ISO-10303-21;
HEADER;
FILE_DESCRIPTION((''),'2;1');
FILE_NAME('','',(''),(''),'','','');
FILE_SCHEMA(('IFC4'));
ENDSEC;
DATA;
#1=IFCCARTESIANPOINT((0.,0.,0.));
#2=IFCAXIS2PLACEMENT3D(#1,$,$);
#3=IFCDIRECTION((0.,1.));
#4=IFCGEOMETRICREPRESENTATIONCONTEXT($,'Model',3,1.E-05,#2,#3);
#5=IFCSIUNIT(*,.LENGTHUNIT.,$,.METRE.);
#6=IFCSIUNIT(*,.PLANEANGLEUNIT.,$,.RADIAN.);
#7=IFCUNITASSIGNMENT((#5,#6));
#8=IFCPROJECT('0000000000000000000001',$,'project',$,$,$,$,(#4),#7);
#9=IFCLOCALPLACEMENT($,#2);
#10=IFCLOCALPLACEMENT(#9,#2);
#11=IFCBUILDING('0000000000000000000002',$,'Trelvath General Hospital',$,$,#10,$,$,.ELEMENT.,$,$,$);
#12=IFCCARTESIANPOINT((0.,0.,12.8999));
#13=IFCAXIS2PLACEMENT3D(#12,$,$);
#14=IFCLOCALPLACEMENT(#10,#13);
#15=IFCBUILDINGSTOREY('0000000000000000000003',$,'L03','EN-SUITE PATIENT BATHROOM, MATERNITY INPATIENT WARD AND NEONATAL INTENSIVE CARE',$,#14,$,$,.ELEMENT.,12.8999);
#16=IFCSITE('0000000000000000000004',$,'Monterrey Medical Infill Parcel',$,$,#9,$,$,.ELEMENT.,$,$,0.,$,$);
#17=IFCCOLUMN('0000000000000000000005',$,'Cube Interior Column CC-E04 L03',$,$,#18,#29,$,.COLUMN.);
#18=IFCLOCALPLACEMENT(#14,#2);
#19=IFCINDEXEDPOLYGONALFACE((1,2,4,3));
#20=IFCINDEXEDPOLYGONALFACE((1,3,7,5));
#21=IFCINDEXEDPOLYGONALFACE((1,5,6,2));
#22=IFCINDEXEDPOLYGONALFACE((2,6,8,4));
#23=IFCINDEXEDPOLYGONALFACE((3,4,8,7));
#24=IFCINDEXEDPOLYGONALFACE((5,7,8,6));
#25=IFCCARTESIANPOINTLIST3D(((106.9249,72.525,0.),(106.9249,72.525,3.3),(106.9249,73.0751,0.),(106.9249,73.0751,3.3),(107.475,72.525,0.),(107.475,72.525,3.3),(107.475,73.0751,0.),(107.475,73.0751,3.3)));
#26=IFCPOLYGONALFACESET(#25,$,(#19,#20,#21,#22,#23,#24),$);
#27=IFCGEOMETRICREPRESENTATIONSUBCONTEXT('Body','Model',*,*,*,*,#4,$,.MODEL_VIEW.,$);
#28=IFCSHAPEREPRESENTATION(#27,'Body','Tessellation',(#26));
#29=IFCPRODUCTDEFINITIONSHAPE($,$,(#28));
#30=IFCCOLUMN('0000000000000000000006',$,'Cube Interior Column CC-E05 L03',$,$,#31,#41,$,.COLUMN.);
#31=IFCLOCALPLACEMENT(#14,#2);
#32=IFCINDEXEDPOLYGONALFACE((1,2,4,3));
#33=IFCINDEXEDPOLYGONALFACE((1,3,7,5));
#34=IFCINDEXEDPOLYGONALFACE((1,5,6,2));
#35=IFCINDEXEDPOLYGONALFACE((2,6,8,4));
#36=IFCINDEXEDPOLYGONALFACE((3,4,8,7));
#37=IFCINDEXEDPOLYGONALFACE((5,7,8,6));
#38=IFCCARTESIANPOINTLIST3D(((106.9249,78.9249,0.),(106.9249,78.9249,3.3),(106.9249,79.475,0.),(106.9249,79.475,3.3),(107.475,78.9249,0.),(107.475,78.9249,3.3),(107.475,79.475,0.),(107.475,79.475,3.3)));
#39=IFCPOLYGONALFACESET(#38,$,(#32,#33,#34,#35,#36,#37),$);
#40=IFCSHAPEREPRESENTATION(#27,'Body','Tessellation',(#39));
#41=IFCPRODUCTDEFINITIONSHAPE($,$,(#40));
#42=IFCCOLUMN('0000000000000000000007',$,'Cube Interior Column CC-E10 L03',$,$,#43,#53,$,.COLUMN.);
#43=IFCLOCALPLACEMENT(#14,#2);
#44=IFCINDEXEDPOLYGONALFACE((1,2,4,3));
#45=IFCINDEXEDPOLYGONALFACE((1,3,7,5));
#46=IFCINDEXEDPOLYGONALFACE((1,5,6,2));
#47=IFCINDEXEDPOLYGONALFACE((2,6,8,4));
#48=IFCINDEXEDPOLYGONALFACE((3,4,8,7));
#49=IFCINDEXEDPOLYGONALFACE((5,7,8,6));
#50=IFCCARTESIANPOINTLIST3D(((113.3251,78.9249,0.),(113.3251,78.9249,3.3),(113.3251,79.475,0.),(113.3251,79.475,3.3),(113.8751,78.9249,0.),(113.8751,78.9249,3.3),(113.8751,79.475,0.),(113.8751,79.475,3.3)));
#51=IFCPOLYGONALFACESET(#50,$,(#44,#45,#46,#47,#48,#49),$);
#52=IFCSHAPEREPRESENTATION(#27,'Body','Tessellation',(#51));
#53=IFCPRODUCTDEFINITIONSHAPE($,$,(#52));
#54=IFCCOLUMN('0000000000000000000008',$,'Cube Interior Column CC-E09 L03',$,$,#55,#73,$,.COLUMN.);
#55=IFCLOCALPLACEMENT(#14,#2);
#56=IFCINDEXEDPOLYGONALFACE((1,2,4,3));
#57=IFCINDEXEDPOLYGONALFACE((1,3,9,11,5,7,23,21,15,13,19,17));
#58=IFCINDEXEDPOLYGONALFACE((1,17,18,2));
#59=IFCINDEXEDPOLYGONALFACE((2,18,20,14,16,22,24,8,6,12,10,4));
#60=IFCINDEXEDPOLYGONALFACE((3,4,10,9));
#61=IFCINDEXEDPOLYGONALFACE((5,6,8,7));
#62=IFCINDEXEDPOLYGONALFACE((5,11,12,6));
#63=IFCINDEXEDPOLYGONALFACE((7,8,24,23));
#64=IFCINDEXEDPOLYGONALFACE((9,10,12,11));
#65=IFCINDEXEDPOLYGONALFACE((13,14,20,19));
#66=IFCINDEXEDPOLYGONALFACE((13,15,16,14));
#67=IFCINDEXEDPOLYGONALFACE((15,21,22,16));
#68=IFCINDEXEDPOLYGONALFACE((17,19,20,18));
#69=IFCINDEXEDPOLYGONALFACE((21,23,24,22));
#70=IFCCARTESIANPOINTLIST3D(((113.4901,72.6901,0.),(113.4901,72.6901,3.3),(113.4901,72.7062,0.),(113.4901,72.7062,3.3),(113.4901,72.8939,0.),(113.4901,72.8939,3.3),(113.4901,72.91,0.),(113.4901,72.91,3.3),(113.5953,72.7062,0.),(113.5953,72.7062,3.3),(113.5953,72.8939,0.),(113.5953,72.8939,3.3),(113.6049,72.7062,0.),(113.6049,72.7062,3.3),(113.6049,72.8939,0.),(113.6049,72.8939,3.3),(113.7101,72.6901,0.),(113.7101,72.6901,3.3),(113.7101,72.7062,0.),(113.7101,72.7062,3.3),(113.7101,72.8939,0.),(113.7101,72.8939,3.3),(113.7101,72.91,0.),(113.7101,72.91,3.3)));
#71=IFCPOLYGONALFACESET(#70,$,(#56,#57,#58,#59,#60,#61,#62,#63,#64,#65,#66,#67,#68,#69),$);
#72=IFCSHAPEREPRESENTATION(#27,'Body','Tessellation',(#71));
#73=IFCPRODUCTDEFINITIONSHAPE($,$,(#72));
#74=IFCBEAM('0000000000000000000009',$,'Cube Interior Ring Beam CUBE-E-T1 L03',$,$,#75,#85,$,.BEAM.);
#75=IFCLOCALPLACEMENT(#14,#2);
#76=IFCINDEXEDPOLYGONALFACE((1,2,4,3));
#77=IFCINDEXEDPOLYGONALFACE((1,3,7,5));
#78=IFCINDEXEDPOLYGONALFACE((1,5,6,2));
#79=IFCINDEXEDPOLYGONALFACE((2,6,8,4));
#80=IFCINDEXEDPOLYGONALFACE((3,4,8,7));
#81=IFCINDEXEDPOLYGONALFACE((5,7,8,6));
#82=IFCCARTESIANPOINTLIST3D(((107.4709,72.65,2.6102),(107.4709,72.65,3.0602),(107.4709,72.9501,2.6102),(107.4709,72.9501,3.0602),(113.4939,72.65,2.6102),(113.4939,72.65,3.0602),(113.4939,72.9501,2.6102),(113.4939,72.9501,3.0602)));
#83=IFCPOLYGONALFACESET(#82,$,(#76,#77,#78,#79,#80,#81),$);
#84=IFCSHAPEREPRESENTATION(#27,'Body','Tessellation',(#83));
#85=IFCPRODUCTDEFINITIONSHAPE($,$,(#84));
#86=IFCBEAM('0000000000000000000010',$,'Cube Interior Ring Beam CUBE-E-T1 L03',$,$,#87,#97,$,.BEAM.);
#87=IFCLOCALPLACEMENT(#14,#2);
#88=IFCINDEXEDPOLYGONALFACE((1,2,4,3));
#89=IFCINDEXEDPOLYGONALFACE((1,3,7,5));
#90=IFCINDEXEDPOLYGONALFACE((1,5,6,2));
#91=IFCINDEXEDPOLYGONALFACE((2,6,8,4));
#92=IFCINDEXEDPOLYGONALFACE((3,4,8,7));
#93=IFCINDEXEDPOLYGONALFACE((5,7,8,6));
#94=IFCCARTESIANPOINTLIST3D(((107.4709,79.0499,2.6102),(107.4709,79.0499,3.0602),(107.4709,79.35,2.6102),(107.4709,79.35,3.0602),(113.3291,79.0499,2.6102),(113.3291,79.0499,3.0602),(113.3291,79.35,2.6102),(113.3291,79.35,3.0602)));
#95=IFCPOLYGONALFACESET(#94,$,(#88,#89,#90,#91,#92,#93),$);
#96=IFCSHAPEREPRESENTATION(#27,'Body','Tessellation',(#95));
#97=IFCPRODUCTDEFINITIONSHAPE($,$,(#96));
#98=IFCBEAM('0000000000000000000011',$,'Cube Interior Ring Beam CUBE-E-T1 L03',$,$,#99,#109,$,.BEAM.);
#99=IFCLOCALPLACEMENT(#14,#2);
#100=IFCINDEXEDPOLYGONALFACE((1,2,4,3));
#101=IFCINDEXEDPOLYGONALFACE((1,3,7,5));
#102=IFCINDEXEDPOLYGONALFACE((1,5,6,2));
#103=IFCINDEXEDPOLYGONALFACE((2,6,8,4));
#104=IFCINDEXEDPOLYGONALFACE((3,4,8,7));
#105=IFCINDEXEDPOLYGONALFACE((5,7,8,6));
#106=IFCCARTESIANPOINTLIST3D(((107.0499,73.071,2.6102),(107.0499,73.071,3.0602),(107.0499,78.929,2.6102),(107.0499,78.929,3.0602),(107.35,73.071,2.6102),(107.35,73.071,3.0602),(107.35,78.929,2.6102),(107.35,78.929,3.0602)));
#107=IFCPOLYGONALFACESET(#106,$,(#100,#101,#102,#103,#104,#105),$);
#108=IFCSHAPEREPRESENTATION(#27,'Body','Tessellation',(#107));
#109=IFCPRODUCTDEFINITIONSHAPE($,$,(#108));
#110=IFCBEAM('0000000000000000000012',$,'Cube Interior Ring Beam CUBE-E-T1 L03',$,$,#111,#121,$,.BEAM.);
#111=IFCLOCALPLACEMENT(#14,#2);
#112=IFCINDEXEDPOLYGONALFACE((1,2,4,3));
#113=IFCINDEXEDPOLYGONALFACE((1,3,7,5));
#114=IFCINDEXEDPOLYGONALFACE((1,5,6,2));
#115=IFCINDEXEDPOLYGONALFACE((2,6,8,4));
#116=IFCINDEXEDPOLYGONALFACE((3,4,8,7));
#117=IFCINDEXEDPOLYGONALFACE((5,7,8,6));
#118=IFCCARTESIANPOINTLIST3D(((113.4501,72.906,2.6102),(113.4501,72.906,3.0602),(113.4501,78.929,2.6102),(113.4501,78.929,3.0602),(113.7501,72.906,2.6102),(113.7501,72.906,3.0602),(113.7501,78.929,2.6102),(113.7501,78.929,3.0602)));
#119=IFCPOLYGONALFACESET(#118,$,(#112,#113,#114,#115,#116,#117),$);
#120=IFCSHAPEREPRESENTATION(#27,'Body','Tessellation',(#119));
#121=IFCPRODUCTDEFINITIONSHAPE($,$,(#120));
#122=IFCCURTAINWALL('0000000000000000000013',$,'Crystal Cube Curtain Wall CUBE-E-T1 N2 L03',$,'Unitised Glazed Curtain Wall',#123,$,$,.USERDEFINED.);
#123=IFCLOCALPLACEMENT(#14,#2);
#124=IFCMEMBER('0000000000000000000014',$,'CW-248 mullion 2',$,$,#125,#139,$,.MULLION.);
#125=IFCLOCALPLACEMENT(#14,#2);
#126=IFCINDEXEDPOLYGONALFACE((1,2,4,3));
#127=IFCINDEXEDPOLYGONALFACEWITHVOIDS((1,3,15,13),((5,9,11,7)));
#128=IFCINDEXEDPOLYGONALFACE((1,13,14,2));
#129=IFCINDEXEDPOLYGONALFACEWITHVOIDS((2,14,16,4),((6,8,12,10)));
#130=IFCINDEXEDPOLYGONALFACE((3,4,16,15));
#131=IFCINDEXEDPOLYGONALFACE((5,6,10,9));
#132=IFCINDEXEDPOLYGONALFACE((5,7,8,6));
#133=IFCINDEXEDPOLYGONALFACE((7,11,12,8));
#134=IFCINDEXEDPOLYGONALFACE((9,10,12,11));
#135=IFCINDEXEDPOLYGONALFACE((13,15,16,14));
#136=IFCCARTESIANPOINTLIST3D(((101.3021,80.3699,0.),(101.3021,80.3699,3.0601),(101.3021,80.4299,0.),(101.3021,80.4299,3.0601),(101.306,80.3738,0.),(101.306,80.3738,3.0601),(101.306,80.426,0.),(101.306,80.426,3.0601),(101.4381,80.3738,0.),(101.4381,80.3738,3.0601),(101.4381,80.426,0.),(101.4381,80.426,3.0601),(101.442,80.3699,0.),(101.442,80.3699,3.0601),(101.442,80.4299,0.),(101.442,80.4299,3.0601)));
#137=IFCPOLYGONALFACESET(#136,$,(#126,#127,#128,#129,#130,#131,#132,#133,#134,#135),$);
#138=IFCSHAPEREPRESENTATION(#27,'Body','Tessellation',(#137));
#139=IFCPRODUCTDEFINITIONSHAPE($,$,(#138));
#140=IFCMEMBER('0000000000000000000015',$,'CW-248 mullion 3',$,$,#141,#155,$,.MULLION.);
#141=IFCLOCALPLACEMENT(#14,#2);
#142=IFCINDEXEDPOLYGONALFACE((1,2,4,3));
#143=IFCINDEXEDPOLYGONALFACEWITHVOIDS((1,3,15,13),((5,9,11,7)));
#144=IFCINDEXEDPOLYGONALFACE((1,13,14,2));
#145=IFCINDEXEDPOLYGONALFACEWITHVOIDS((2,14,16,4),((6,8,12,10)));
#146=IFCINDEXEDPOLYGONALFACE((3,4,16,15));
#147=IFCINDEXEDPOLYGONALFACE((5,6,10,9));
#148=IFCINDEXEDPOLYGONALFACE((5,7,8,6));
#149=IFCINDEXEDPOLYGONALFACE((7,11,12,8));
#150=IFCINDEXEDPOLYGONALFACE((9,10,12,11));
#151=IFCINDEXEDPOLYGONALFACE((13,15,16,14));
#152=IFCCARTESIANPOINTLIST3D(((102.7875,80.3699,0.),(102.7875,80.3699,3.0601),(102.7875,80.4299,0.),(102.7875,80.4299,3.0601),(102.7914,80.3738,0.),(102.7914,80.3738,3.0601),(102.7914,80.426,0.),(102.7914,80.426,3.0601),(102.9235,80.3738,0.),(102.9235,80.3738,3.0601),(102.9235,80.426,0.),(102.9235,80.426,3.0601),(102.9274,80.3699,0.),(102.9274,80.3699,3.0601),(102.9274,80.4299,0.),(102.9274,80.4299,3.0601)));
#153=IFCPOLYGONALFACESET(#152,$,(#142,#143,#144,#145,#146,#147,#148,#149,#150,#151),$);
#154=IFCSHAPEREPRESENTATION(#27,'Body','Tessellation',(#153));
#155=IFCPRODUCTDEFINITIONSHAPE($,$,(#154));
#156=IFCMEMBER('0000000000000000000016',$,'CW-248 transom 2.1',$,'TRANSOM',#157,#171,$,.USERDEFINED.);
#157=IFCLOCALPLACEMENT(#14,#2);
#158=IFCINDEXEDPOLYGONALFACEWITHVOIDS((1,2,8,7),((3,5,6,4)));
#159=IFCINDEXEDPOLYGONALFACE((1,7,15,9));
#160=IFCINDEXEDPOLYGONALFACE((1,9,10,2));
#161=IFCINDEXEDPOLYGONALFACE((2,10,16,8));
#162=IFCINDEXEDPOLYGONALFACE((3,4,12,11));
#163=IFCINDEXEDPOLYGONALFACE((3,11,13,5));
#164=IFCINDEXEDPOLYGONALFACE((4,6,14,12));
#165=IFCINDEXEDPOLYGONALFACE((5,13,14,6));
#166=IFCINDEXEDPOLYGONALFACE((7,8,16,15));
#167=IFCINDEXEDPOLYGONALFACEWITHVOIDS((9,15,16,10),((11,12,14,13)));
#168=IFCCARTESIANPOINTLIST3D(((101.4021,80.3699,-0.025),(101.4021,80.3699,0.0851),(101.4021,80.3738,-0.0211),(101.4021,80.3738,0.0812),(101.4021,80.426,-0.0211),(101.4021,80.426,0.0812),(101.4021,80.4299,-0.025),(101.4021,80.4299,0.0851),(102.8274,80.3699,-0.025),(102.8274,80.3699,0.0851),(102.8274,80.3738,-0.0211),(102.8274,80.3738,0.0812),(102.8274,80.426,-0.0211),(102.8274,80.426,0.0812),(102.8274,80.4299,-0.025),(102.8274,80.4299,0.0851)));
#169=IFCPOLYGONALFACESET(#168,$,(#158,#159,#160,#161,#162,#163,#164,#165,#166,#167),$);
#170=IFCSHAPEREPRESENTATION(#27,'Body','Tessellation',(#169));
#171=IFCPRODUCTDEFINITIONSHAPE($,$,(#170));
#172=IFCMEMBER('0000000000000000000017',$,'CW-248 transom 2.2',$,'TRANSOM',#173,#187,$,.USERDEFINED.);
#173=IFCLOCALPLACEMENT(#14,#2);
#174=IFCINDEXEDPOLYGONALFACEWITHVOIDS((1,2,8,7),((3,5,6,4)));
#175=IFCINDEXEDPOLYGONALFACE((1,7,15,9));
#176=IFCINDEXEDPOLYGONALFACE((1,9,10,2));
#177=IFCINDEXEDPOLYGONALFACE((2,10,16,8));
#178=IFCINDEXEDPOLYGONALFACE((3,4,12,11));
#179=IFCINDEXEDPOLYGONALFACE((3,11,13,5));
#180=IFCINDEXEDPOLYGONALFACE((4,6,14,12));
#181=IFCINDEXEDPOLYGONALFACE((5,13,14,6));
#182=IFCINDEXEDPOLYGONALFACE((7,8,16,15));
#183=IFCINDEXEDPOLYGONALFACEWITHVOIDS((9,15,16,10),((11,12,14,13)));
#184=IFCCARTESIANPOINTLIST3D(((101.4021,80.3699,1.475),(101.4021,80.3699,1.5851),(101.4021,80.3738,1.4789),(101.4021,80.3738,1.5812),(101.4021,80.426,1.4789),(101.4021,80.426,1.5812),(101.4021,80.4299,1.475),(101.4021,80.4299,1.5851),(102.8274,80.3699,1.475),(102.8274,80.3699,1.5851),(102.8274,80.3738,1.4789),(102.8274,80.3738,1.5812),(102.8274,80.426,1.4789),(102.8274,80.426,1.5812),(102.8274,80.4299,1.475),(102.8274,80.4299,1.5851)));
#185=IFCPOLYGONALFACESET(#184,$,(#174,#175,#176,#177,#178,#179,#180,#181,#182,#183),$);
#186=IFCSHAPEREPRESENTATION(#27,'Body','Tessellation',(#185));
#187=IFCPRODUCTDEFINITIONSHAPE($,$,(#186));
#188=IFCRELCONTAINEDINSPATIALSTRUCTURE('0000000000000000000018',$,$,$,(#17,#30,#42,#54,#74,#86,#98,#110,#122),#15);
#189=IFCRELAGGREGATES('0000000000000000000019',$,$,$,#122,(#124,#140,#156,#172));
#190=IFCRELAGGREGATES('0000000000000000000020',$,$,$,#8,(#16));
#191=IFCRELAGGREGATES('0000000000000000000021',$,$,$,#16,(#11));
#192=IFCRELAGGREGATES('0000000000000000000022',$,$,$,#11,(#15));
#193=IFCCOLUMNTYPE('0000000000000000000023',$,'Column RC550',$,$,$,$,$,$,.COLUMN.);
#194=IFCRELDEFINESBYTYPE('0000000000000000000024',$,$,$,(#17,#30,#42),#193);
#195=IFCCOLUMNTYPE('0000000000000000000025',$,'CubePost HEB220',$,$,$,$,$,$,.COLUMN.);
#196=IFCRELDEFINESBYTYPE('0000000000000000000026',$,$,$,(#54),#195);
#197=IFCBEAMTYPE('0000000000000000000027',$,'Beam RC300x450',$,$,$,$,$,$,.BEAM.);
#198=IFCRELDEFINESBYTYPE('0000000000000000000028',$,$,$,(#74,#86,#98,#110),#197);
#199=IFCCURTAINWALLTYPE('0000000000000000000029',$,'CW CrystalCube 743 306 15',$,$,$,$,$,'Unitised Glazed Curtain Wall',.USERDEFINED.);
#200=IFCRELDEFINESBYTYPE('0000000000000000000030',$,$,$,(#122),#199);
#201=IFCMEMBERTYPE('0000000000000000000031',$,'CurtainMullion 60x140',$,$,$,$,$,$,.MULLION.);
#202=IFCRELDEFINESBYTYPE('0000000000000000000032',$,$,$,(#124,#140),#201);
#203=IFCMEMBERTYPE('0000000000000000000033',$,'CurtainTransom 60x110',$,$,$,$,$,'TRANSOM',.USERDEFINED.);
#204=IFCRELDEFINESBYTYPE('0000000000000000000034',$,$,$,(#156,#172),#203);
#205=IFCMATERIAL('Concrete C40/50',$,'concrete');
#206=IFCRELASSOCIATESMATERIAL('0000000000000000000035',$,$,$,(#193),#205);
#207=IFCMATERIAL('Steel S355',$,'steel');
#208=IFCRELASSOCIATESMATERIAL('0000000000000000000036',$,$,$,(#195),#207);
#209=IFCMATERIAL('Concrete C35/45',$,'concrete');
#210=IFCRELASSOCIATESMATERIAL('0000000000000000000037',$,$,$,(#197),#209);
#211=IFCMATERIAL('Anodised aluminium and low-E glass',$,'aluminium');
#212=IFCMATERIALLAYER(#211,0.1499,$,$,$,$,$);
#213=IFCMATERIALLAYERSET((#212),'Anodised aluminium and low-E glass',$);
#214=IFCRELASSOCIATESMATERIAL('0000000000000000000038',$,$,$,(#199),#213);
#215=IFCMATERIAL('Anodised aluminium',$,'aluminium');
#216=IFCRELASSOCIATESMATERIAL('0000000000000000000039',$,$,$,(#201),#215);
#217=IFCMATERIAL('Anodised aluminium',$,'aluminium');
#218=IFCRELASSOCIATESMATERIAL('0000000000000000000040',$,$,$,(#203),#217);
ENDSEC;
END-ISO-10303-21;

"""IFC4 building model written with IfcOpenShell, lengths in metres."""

from ifc_helpers import new_model, si_unit, direction, frame, origin, origin_2d, place, context, subcontext, project, spatial, rectangle, hollow_rectangle, i_section, extrude, material, layer, layer_set, material_profile, profile_set, type_object, element, aggregate, save


model = new_model("IFC4")

# Units and contexts
model_context = context("Model", 3, precision=1e-05, world=origin(), true_north=direction((0.0, 1.0)))
body_context = subcontext(model_context, "Body", "Model", "MODEL_VIEW")
ifc_project = project(units=[si_unit("LENGTHUNIT", "METRE"), si_unit("PLANEANGLEUNIT", "RADIAN")], contexts=[model_context])

# Site, building, storey
site_placement = place(None, origin())
site = spatial("IfcSite", under=ifc_project, at=site_placement, Name="Monterrey Medical Infill Parcel", CompositionType="ELEMENT", RefElevation=0.0)
building_placement = place(site_placement, origin())
building = spatial("IfcBuilding", under=site, at=building_placement, Name="Trelvath General Hospital", CompositionType="ELEMENT")
storey_placement = place(building_placement, frame((0.0, 0.0, 12.8999)))
storey = spatial("IfcBuildingStorey", under=building, at=storey_placement, Name="L03", Description="EN-SUITE PATIENT BATHROOM, MATERNITY INPATIENT WARD AND NEONATAL INTENSIVE CARE", CompositionType="ELEMENT", Elevation=12.8999)

# Columns
ifc_material_1 = material(Name="Concrete C40/50", Category="concrete")
ifc_material_profile_1 = material_profile(ifc_material_1, rectangle(XDim=0.55, YDim=0.55, at=origin_2d()), Name="RC550x550")
ifc_profile_set_1 = profile_set([ifc_material_profile_1], Name="Concrete C40/50")
column_type_1 = type_object("IfcColumnType", Name="Column RC550", PredefinedType="COLUMN", material=ifc_profile_set_1)
for number, where, z_axis, x_axis, name in (
    (1, (107.2, 72.8, 0.0), (0.0, 0.0, 1.0), (1.0, 0.0, 0.0), "Cube Interior Column CC-E04 L03"),
    (2, (107.2, 79.2, 0.0), (0.0, 0.0, 1.0), (1.0, 0.0, 0.0), "Cube Interior Column CC-E05 L03"),
    (3, (113.6001, 79.2, 0.0), (0.0, 0.0, 1.0), (1.0, 0.0, 0.0), "Cube Interior Column CC-E10 L03"),
):
    element("IfcColumn", number, at=place(storey_placement, frame(where, z_axis=z_axis, x_axis=x_axis)), inside=storey, type_object=column_type_1, Name=name, PredefinedType="COLUMN", context=body_context, shape_type="SweptSolid", body=[
        extrude(rectangle(XDim=0.55, YDim=0.55, at=origin_2d()), origin(), (0.0, 0.0, 1.0), 3.3),
    ])
ifc_material_2 = material(Name="Steel S355", Category="steel")
ifc_material_profile_2 = material_profile(ifc_material_2, i_section(OverallWidth=0.22, OverallDepth=0.22, WebThickness=0.0095, FlangeThickness=0.0161, at=origin_2d()), Name="HEB220")
ifc_profile_set_2 = profile_set([ifc_material_profile_2], Name="Steel S355")
column_type_2 = type_object("IfcColumnType", Name="CubePost HEB220", PredefinedType="COLUMN", material=ifc_profile_set_2)
column_placement = place(storey_placement, frame((113.6001, 72.8, 0.0), z_axis=(0.0, 0.0, 1.0), x_axis=(1.0, 0.0, 0.0)))
element("IfcColumn", 4, at=column_placement, inside=storey, type_object=column_type_2, Name="Cube Interior Column CC-E09 L03", PredefinedType="COLUMN", context=body_context, shape_type="SweptSolid", body=[
    extrude(i_section(OverallWidth=0.22, OverallDepth=0.22, WebThickness=0.0095, FlangeThickness=0.0161, at=origin_2d()), origin(), (0.0, 0.0, 1.0), 3.3),
])

# Beams
ifc_material_3 = material(Name="Concrete C35/45", Category="concrete")
ifc_material_profile_3 = material_profile(ifc_material_3, rectangle(XDim=0.3, YDim=0.45, at=origin_2d()), Name="RCB300x450")
ifc_profile_set_3 = profile_set([ifc_material_profile_3], Name="Concrete C35/45")
beam_type = type_object("IfcBeamType", Name="Beam RC300x450", PredefinedType="BEAM", material=ifc_profile_set_3)
beam_1_placement = place(storey_placement, frame((107.4709, 72.8, 2.8352), z_axis=(1.0, 0.0, 0.0), x_axis=(0.0, 1.0, 0.0)))
element("IfcBeam", 5, at=beam_1_placement, inside=storey, type_object=beam_type, Name="Cube Interior Ring Beam CUBE-E-T1 L03", PredefinedType="BEAM", context=body_context, shape_type="SweptSolid", body=[
    extrude(rectangle(XDim=0.3, YDim=0.45, at=origin_2d()), origin(), (0.0, 0.0, 1.0), 6.0229),
])
beam_2_placement = place(storey_placement, frame((107.4709, 79.2, 2.8352), z_axis=(1.0, 0.0, 0.0), x_axis=(0.0, 1.0, 0.0)))
element("IfcBeam", 6, at=beam_2_placement, inside=storey, type_object=beam_type, Name="Cube Interior Ring Beam CUBE-E-T1 L03", PredefinedType="BEAM", context=body_context, shape_type="SweptSolid", body=[
    extrude(rectangle(XDim=0.3, YDim=0.45, at=origin_2d()), origin(), (0.0, 0.0, 1.0), 5.8582),
])
beam_3_placement = place(storey_placement, frame((107.2, 73.071, 2.8352), z_axis=(0.0, 1.0, 0.0), x_axis=(-1.0, 0.0, 0.0)))
element("IfcBeam", 7, at=beam_3_placement, inside=storey, type_object=beam_type, Name="Cube Interior Ring Beam CUBE-E-T1 L03", PredefinedType="BEAM", context=body_context, shape_type="SweptSolid", body=[
    extrude(rectangle(XDim=0.3, YDim=0.45, at=origin_2d()), origin(), (0.0, 0.0, 1.0), 5.8579),
])
beam_4_placement = place(storey_placement, frame((113.6001, 72.906, 2.8352), z_axis=(0.0, 1.0, 0.0), x_axis=(-1.0, 0.0, 0.0)))
element("IfcBeam", 8, at=beam_4_placement, inside=storey, type_object=beam_type, Name="Cube Interior Ring Beam CUBE-E-T1 L03", PredefinedType="BEAM", context=body_context, shape_type="SweptSolid", body=[
    extrude(rectangle(XDim=0.3, YDim=0.45, at=origin_2d()), origin(), (0.0, 0.0, 1.0), 6.0229),
])

# Curtain wall, members
ifc_material_4 = material(Name="Anodised aluminium and low-E glass", Category="aluminium")
ifc_layer_1 = layer(ifc_material_4, 0.1499)
ifc_layer_set_1 = layer_set([ifc_layer_1], Name="Anodised aluminium and low-E glass")
curtain_wall_type_1 = type_object("IfcCurtainWallType", Name="CW CrystalCube 743 306 15", ElementType="Unitised Glazed Curtain Wall", PredefinedType="USERDEFINED", material=ifc_layer_set_1)
curtain_wall_1_placement = place(storey_placement, origin())
curtain_wall_1 = element("IfcCurtainWall", 9, at=curtain_wall_1_placement, inside=storey, type_object=curtain_wall_type_1, Name="Crystal Cube Curtain Wall CUBE-E-T1 N2 L03", ObjectType="Unitised Glazed Curtain Wall", PredefinedType="USERDEFINED")
ifc_material_5 = material(Name="Anodised aluminium", Category="aluminium")
ifc_material_profile_4 = material_profile(ifc_material_5, hollow_rectangle(XDim=0.0601, YDim=0.1399, WallThickness=0.0039, at=origin_2d()), Name="RHS60x140x4")
ifc_profile_set_4 = profile_set([ifc_material_profile_4], Name="Anodised aluminium")
member_type_1 = type_object("IfcMemberType", Name="CurtainMullion 60x140", PredefinedType="MULLION", material=ifc_profile_set_4)
member_1_placement = place(storey_placement, frame((101.3721, 80.3999, 0.0), z_axis=(0.0, 0.0, 1.0), x_axis=(0.0, 1.0, 0.0)))
member_1 = element("IfcMember", 10, at=member_1_placement, type_object=member_type_1, Name="CW-248 mullion 2", PredefinedType="MULLION", context=body_context, shape_type="SweptSolid", body=[
    extrude(hollow_rectangle(XDim=0.0601, YDim=0.1399, WallThickness=0.0039, at=origin_2d()), origin(), (0.0, 0.0, 1.0), 3.0601),
])
member_2_placement = place(storey_placement, frame((102.8574, 80.3999, 0.0), z_axis=(0.0, 0.0, 1.0), x_axis=(0.0, 1.0, 0.0)))
member_2 = element("IfcMember", 11, at=member_2_placement, type_object=member_type_1, Name="CW-248 mullion 3", PredefinedType="MULLION", context=body_context, shape_type="SweptSolid", body=[
    extrude(hollow_rectangle(XDim=0.0601, YDim=0.1399, WallThickness=0.0039, at=origin_2d()), origin(), (0.0, 0.0, 1.0), 3.0601),
])
ifc_material_6 = material(Name="Anodised aluminium", Category="aluminium")
ifc_material_profile_5 = material_profile(ifc_material_6, hollow_rectangle(XDim=0.0601, YDim=0.1101, WallThickness=0.0039, at=origin_2d()), Name="RHS60x110x4")
ifc_profile_set_5 = profile_set([ifc_material_profile_5], Name="Anodised aluminium")
member_type_2 = type_object("IfcMemberType", Name="CurtainTransom 60x110", ElementType="TRANSOM", PredefinedType="USERDEFINED", material=ifc_profile_set_5)
member_3_placement = place(storey_placement, frame((101.4021, 80.3999, 0.03), z_axis=(1.0, 0.0, 0.0), x_axis=(0.0, 1.0, 0.0)))
member_3 = element("IfcMember", 12, at=member_3_placement, type_object=member_type_2, Name="CW-248 transom 2.1", ObjectType="TRANSOM", PredefinedType="USERDEFINED", context=body_context, shape_type="SweptSolid", body=[
    extrude(hollow_rectangle(XDim=0.0601, YDim=0.1101, WallThickness=0.0039, at=origin_2d()), origin(), (0.0, 0.0, 1.0), 1.4253),
])
member_4_placement = place(storey_placement, frame((101.4021, 80.3999, 1.53), z_axis=(1.0, 0.0, 0.0), x_axis=(0.0, 1.0, 0.0)))
member_4 = element("IfcMember", 13, at=member_4_placement, type_object=member_type_2, Name="CW-248 transom 2.2", ObjectType="TRANSOM", PredefinedType="USERDEFINED", context=body_context, shape_type="SweptSolid", body=[
    extrude(hollow_rectangle(XDim=0.0601, YDim=0.1101, WallThickness=0.0039, at=origin_2d()), origin(), (0.0, 0.0, 1.0), 1.4253),
])
aggregate(curtain_wall_1, [member_1, member_2, member_3, member_4])

save(model, "model.ifc")
